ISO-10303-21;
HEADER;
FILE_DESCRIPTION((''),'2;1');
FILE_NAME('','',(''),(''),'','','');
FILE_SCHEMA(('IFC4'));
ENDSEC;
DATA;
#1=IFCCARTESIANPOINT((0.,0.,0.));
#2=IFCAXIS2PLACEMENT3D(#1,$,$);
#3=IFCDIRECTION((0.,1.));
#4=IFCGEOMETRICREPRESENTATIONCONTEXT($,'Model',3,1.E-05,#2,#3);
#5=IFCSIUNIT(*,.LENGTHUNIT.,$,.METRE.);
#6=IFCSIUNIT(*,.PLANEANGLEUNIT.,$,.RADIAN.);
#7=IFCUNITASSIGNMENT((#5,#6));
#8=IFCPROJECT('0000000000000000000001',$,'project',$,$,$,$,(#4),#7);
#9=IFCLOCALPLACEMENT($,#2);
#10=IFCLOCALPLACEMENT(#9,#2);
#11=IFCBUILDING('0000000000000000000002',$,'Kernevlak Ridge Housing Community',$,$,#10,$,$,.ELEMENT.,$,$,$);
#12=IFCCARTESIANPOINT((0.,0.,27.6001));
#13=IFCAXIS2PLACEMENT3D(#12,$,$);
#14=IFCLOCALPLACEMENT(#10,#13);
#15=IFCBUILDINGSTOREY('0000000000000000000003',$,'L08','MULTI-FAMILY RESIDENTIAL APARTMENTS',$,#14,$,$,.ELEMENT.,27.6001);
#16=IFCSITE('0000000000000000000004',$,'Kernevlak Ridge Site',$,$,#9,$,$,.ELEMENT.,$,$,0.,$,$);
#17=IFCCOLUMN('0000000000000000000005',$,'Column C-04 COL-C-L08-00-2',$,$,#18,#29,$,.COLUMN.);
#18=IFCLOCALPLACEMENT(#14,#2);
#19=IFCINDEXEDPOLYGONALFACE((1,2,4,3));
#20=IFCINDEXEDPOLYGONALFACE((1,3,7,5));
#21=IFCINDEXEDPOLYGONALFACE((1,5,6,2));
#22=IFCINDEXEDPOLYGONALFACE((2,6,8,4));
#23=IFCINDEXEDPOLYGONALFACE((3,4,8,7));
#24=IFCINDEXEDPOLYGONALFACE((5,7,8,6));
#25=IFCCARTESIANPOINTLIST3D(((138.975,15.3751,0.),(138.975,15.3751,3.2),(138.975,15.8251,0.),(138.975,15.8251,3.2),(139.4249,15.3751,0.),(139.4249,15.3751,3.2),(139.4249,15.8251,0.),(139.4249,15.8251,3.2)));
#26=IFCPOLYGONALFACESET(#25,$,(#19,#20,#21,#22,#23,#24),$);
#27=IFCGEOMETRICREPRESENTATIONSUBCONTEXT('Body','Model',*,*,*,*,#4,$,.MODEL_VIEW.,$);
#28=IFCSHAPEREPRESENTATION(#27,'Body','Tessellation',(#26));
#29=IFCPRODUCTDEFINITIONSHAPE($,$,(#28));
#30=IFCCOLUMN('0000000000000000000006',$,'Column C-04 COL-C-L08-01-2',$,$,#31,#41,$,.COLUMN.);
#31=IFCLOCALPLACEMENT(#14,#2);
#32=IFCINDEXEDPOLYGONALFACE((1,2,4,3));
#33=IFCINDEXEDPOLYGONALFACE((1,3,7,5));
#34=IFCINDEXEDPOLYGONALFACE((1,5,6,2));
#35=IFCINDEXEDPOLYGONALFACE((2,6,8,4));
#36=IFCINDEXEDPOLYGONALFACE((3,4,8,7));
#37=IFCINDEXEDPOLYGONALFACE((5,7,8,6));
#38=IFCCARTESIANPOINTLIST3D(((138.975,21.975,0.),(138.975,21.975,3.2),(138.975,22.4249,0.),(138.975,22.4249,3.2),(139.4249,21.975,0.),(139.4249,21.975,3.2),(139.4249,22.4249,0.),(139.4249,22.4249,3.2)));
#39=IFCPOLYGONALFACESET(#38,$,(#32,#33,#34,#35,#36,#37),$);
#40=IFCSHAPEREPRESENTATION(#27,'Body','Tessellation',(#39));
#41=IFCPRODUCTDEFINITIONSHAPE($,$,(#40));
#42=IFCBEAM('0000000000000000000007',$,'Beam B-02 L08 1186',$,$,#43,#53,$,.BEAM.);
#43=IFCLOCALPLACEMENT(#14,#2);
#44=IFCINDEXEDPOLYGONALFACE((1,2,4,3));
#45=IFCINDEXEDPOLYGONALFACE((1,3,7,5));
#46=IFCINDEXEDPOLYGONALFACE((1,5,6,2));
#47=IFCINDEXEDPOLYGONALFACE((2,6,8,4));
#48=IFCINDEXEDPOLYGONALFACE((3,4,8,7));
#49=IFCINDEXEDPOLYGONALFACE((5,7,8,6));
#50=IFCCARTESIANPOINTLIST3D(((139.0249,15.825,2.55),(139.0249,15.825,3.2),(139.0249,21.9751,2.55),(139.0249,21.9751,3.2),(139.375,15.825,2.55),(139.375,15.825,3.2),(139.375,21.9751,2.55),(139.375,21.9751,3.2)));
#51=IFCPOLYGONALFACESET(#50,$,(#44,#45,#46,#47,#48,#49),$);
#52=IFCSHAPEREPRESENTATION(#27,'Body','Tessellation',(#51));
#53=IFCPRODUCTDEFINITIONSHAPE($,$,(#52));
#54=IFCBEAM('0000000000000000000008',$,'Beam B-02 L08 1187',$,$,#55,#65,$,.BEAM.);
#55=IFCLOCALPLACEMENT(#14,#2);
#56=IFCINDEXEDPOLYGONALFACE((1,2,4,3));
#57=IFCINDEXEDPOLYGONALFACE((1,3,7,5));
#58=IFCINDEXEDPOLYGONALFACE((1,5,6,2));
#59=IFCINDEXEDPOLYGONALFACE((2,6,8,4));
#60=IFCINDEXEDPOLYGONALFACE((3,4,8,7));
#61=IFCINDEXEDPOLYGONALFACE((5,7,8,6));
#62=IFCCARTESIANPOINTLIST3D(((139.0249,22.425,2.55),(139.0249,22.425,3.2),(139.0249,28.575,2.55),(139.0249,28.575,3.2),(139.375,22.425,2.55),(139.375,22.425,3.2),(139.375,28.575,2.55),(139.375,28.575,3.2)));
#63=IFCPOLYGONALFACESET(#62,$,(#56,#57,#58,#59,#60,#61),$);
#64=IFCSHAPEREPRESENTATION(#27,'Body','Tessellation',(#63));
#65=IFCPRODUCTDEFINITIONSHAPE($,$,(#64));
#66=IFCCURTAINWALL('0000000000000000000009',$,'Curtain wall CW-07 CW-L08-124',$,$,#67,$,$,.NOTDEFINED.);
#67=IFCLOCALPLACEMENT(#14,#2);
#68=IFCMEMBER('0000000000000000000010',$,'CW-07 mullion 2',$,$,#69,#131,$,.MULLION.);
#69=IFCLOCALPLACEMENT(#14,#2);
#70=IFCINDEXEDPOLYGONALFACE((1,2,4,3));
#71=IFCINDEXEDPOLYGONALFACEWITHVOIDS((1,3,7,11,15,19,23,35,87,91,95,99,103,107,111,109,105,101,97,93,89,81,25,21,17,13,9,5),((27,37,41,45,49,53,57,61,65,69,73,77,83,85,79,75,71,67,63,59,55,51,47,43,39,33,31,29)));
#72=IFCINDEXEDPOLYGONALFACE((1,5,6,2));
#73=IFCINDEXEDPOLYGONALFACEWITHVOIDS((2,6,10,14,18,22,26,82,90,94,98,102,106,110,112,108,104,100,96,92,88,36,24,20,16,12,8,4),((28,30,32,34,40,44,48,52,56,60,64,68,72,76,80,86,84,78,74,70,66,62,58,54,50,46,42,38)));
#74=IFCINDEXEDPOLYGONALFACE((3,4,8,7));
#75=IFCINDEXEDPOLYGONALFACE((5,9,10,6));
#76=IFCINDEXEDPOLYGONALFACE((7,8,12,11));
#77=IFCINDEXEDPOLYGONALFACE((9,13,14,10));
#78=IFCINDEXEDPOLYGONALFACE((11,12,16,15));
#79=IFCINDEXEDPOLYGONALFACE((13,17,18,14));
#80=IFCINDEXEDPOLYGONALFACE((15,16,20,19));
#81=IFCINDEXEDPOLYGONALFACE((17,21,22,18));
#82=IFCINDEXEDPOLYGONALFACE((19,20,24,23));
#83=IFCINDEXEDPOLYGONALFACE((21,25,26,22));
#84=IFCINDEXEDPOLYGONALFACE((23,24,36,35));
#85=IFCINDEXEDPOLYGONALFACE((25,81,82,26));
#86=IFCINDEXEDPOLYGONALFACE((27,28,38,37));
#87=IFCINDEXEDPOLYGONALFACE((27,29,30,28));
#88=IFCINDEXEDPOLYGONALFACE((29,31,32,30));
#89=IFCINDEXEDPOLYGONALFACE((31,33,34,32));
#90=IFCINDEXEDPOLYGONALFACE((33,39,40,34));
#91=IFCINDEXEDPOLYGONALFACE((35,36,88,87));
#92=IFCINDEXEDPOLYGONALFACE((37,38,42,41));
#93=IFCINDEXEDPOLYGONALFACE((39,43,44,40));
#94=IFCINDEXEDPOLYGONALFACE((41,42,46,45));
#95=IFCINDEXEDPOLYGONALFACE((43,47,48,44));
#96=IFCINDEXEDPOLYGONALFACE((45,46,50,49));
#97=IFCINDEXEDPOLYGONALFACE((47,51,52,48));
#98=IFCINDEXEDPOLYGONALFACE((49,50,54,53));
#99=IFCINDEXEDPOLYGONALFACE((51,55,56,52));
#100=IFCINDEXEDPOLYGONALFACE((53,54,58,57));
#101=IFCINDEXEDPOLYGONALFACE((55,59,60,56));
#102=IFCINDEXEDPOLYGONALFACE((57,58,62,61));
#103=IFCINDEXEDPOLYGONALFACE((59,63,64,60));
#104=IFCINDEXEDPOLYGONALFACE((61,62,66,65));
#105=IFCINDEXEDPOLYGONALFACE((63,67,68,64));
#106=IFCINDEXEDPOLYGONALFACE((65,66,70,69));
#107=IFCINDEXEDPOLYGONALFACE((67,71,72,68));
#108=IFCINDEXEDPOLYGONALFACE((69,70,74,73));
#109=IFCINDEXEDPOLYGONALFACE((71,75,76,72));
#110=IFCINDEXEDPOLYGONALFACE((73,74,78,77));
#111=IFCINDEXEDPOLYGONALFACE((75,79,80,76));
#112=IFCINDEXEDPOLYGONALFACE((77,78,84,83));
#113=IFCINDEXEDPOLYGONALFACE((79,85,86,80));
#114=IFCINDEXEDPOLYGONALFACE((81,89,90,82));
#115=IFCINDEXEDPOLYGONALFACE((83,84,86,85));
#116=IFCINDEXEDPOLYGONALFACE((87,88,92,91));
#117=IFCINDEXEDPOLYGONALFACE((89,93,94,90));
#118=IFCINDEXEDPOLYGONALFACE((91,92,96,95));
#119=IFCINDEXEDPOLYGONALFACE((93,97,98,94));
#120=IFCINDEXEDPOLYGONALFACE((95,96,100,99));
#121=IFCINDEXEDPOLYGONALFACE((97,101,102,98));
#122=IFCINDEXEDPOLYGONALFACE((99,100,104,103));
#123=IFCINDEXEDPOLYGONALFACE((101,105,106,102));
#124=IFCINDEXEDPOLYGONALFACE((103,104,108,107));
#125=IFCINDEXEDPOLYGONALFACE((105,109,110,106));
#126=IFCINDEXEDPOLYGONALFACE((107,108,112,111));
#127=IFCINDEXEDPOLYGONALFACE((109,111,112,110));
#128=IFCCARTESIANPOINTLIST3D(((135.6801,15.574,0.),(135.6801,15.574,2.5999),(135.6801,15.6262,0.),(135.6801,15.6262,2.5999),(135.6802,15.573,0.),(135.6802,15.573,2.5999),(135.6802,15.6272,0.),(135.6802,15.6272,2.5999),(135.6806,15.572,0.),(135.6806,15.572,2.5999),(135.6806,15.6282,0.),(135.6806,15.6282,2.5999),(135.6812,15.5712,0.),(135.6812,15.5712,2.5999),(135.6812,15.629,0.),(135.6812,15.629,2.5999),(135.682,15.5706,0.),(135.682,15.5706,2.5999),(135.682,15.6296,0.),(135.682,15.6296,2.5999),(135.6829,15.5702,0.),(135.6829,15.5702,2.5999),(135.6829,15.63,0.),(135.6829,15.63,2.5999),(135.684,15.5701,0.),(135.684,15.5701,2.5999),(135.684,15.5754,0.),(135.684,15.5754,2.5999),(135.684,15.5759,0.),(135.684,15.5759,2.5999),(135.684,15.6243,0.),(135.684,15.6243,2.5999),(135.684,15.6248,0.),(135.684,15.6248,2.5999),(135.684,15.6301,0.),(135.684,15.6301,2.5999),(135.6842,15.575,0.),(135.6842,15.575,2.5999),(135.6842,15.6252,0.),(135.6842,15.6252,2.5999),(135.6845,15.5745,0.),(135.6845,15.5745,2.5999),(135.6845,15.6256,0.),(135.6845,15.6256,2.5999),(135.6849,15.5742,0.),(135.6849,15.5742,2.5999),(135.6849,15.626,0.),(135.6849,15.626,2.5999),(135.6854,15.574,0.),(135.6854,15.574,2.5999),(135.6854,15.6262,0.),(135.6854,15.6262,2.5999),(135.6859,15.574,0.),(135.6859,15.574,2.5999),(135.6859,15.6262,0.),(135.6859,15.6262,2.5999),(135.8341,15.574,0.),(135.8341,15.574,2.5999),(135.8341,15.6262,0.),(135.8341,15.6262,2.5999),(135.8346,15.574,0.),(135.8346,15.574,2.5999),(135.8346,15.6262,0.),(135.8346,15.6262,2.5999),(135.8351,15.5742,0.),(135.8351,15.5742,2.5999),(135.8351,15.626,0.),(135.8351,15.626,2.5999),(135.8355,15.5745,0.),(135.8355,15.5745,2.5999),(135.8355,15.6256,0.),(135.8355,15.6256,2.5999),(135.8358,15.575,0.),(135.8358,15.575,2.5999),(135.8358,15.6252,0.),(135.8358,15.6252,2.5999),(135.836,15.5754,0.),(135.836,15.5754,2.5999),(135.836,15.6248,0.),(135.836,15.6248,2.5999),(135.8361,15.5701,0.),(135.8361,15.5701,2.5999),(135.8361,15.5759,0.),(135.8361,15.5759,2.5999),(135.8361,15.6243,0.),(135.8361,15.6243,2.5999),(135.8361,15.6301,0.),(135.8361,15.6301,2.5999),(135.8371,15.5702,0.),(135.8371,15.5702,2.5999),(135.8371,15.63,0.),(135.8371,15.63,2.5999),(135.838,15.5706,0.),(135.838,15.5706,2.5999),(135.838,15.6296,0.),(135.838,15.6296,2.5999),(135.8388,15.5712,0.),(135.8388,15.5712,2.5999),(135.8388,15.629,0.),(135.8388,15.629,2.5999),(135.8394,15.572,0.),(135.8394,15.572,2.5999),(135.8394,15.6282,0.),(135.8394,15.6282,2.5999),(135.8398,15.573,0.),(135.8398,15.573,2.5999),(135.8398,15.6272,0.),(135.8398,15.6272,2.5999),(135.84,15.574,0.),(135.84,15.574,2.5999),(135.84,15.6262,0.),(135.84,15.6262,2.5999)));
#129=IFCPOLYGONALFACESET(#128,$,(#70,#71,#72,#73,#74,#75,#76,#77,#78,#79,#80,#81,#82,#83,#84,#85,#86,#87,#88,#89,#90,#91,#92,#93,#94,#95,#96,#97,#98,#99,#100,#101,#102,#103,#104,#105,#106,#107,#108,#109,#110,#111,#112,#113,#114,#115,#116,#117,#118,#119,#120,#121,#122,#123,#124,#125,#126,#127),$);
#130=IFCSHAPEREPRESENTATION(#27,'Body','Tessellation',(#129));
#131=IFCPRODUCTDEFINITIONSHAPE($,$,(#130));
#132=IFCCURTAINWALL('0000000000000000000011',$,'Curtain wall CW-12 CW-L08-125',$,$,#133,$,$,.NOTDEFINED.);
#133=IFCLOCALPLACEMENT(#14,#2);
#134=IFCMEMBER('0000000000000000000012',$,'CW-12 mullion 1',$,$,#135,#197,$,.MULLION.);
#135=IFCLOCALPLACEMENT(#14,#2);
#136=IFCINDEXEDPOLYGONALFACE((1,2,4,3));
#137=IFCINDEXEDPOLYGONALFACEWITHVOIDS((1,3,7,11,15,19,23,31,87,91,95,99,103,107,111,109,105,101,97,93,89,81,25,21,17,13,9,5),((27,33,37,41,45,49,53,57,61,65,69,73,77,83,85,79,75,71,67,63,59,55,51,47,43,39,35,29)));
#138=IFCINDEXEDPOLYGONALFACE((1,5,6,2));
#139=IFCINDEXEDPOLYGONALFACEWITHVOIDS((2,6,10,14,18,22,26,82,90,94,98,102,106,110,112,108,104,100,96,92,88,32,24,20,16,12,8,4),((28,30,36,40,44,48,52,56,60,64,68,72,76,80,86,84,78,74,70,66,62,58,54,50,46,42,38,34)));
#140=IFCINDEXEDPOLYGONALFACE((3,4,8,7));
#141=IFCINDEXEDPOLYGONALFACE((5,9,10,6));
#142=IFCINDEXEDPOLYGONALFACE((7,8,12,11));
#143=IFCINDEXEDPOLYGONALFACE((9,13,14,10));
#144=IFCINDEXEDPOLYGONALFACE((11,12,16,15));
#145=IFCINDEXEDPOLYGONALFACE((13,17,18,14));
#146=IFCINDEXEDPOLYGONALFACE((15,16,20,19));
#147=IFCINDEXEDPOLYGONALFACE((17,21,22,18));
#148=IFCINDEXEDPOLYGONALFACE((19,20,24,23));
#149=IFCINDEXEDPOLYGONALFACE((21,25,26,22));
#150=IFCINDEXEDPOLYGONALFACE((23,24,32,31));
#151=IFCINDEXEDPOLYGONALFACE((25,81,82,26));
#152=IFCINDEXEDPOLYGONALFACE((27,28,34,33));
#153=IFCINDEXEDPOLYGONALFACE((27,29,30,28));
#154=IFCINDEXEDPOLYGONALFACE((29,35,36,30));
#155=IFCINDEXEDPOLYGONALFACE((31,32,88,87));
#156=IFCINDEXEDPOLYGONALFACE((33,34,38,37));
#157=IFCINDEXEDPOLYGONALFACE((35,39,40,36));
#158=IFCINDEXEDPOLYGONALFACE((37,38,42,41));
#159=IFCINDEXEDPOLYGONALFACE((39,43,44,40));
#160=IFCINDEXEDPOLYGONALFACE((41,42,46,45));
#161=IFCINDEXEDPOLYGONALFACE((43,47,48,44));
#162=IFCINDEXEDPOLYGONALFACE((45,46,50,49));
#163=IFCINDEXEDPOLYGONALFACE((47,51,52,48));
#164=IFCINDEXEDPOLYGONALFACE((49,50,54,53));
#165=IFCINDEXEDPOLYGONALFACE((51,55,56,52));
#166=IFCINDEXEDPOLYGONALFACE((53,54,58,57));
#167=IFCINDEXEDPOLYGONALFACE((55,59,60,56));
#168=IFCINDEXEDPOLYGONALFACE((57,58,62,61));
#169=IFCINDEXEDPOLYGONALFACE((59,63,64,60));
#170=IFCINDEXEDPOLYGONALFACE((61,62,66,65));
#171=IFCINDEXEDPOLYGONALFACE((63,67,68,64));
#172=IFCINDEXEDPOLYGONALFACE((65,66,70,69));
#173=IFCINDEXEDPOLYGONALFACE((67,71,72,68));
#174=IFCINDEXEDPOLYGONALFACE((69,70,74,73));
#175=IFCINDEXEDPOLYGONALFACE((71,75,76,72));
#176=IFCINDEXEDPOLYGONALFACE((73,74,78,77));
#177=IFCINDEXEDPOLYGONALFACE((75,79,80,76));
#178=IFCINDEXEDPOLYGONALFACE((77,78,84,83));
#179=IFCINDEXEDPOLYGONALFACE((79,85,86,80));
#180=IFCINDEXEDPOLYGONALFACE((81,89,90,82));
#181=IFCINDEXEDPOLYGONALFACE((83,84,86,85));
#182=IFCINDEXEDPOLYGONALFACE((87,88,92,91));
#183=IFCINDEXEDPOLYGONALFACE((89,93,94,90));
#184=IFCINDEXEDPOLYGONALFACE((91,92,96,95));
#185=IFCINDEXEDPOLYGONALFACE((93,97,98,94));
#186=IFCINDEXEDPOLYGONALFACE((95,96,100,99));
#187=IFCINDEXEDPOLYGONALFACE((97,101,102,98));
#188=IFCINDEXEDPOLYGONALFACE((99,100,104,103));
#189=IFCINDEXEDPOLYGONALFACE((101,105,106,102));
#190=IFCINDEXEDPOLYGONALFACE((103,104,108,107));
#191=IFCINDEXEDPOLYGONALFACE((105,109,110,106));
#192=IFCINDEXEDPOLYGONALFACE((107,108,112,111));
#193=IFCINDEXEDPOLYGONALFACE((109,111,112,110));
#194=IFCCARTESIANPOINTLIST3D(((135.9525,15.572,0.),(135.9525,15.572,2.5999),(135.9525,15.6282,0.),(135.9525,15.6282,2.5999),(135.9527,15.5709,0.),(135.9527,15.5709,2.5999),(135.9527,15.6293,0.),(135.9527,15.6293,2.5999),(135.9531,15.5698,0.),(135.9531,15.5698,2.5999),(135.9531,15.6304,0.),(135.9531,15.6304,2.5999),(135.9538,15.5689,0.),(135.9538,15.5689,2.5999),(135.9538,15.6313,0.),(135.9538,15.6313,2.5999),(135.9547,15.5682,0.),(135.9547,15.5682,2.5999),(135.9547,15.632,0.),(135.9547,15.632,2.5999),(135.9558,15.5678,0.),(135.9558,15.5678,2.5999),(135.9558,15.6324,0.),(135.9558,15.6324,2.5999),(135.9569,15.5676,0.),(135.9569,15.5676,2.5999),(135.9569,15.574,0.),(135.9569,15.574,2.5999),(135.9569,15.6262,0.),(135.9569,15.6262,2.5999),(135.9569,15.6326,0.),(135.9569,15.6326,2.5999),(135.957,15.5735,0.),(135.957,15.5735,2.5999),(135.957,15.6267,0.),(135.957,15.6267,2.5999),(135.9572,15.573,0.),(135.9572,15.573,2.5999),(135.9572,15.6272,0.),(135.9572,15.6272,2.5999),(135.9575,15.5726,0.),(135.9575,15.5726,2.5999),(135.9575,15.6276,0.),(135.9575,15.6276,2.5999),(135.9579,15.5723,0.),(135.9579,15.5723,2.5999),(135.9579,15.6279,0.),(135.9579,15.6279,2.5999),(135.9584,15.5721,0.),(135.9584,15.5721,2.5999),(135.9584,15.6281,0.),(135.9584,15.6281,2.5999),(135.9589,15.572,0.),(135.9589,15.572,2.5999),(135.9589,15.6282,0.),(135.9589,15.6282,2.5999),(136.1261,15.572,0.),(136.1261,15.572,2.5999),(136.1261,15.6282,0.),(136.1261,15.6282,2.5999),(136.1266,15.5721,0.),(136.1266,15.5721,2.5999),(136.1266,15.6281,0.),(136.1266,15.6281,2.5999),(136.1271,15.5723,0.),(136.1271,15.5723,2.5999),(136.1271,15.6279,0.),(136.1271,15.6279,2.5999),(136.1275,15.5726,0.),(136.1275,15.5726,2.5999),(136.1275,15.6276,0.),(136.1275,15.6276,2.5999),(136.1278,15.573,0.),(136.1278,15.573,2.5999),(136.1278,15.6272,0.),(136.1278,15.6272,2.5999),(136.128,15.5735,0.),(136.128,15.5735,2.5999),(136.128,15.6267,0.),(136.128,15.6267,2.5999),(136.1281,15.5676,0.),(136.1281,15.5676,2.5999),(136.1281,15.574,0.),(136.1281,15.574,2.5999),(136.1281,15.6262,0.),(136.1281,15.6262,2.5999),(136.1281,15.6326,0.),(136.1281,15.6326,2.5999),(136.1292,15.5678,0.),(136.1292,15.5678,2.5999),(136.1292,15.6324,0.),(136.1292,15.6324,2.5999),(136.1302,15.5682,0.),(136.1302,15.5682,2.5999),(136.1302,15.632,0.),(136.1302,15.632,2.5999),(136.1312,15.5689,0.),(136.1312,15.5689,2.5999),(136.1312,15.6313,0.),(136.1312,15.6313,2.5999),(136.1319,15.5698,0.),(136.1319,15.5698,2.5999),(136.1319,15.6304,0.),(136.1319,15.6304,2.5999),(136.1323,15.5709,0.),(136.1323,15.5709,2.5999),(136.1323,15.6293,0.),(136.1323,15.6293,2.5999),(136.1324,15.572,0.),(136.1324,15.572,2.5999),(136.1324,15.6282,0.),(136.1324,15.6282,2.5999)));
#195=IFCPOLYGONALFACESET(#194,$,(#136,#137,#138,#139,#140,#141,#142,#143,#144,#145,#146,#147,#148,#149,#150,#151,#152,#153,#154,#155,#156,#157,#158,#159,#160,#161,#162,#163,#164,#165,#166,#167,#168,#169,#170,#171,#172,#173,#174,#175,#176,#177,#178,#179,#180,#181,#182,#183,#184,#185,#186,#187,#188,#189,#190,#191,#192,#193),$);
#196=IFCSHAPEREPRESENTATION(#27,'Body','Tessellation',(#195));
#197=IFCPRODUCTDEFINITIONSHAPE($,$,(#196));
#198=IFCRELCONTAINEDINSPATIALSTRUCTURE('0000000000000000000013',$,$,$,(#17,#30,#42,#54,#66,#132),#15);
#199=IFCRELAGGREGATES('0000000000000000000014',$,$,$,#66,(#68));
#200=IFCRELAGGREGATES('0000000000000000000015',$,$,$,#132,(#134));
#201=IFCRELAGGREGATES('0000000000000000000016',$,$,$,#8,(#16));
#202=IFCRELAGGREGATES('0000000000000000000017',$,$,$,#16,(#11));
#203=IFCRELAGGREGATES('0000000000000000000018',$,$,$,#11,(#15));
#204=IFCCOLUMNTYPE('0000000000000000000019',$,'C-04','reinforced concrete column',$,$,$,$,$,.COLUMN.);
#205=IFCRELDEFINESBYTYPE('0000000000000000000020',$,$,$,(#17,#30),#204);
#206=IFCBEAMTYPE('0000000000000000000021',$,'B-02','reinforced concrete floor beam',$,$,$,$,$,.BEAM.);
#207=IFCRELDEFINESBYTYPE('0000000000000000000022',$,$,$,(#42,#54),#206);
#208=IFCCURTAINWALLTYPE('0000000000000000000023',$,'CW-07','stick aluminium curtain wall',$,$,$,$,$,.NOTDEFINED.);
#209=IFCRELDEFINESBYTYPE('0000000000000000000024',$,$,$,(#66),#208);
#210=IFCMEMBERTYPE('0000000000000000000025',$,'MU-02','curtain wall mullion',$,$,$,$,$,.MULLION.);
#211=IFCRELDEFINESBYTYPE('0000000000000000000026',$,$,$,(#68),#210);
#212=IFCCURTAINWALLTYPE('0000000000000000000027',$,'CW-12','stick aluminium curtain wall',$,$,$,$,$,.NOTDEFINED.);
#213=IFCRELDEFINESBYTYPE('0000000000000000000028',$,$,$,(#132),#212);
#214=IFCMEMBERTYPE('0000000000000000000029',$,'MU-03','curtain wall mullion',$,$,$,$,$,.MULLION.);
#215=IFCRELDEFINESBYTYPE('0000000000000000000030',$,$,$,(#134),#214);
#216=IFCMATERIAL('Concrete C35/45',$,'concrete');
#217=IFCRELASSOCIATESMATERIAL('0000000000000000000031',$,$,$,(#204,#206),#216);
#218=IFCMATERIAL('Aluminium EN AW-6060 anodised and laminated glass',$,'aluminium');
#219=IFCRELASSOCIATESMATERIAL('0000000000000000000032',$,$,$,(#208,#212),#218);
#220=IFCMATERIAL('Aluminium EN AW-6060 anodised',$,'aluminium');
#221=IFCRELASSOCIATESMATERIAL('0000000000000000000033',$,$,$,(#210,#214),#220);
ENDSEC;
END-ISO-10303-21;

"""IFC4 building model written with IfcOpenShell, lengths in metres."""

from ifc_helpers import new_model, si_unit, direction, frame, origin, origin_2d, place, context, subcontext, project, spatial, rectangle, hollow_rectangle, extrude, material, material_profile, profile_set, type_object, element, aggregate, save


model = new_model("IFC4")

# Units and contexts
model_context = context("Model", 3, precision=1e-05, world=origin(), true_north=direction((0.0, 1.0)))
body_context = subcontext(model_context, "Body", "Model", "MODEL_VIEW")
ifc_project = project(units=[si_unit("LENGTHUNIT", "METRE"), si_unit("PLANEANGLEUNIT", "RADIAN")], contexts=[model_context])

# Site, building, storey
site_placement = place(None, origin())
site = spatial("IfcSite", under=ifc_project, at=site_placement, Name="Kernevlak Ridge Site", CompositionType="ELEMENT", RefElevation=0.0)
building_placement = place(site_placement, origin())
building = spatial("IfcBuilding", under=site, at=building_placement, Name="Kernevlak Ridge Housing Community", CompositionType="ELEMENT")
storey_placement = place(building_placement, frame((0.0, 0.0, 27.6001)))
storey = spatial("IfcBuildingStorey", under=building, at=storey_placement, Name="L08", Description="MULTI-FAMILY RESIDENTIAL APARTMENTS", CompositionType="ELEMENT", Elevation=27.6001)

# Columns
ifc_material_1 = material(Name="Concrete C35/45", Category="concrete")
ifc_material_profile_1 = material_profile(ifc_material_1, rectangle(XDim=0.45, YDim=0.45, at=origin_2d()), Name="RC 450x450")
ifc_profile_set_1 = profile_set([ifc_material_profile_1], Name="Concrete C35/45")
column_type = type_object("IfcColumnType", Name="C-04", Description="reinforced concrete column", PredefinedType="COLUMN", material=ifc_profile_set_1)
for number, where, z_axis, x_axis, name in (
    (1, (139.2, 15.6001, 0.0), (0.0, 0.0, 1.0), (1.0, 0.0, 0.0), "Column C-04 COL-C-L08-00-2"),
    (2, (139.2, 22.2, 0.0), (0.0, 0.0, 1.0), (1.0, 0.0, 0.0), "Column C-04 COL-C-L08-01-2"),
):
    element("IfcColumn", number, at=place(storey_placement, frame(where, z_axis=z_axis, x_axis=x_axis)), inside=storey, type_object=column_type, Name=name, PredefinedType="COLUMN", context=body_context, shape_type="SweptSolid", body=[
        extrude(rectangle(XDim=0.45, YDim=0.45, at=origin_2d()), origin(), (0.0, 0.0, 1.0), 3.2),
    ])

# Beams
ifc_material_profile_2 = material_profile(ifc_material_1, rectangle(XDim=0.3501, YDim=0.6499, at=origin_2d()), Name="RC 350x650")
ifc_profile_set_2 = profile_set([ifc_material_profile_2], Name="Concrete C35/45")
beam_type = type_object("IfcBeamType", Name="B-02", Description="reinforced concrete floor beam", PredefinedType="BEAM", material=ifc_profile_set_2)
beam_1_placement = place(storey_placement, frame((139.2, 15.825, 2.875), z_axis=(0.0, 1.0, 0.0), x_axis=(-1.0, 0.0, 0.0)))
element("IfcBeam", 3, at=beam_1_placement, inside=storey, type_object=beam_type, Name="Beam B-02 L08 1186", PredefinedType="BEAM", context=body_context, shape_type="SweptSolid", body=[
    extrude(rectangle(XDim=0.3501, YDim=0.6499, at=origin_2d()), origin(), (0.0, 0.0, 1.0), 6.1501),
])
beam_2_placement = place(storey_placement, frame((139.2, 22.425, 2.875), z_axis=(0.0, 1.0, 0.0), x_axis=(-1.0, 0.0, 0.0)))
element("IfcBeam", 4, at=beam_2_placement, inside=storey, type_object=beam_type, Name="Beam B-02 L08 1187", PredefinedType="BEAM", context=body_context, shape_type="SweptSolid", body=[
    extrude(rectangle(XDim=0.3501, YDim=0.6499, at=origin_2d()), origin(), (0.0, 0.0, 1.0), 6.1499),
])

# Curtain wall, member
ifc_material_2 = material(Name="Aluminium EN AW-6060 anodised and laminated glass", Category="aluminium")
curtain_wall_type_1 = type_object("IfcCurtainWallType", Name="CW-07", Description="stick aluminium curtain wall", PredefinedType="NOTDEFINED", material=ifc_material_2)
curtain_wall_1_placement = place(storey_placement, origin())
curtain_wall_1 = element("IfcCurtainWall", 5, at=curtain_wall_1_placement, inside=storey, type_object=curtain_wall_type_1, Name="Curtain wall CW-07 CW-L08-124", PredefinedType="NOTDEFINED")
ifc_material_3 = material(Name="Aluminium EN AW-6060 anodised", Category="aluminium")
ifc_material_profile_3 = material_profile(ifc_material_3, hollow_rectangle(XDim=0.0601, YDim=0.1599, WallThickness=0.0039, InnerFilletRadius=0.002, OuterFilletRadius=0.0039, at=origin_2d()), Name="ALU 60x160x4")
ifc_profile_set_3 = profile_set([ifc_material_profile_3], Name="Aluminium EN AW-6060 anodised")
member_type_1 = type_object("IfcMemberType", Name="MU-02", Description="curtain wall mullion", PredefinedType="MULLION", material=ifc_profile_set_3)
member_1_placement = place(storey_placement, frame((135.76, 15.6001, 0.0), z_axis=(0.0, 0.0, 1.0), x_axis=(0.0, 1.0, 0.0)))
member_1 = element("IfcMember", 6, at=member_1_placement, type_object=member_type_1, Name="CW-07 mullion 2", PredefinedType="MULLION", context=body_context, shape_type="SweptSolid", body=[
    extrude(hollow_rectangle(XDim=0.0601, YDim=0.1599, WallThickness=0.0039, InnerFilletRadius=0.002, OuterFilletRadius=0.0039, at=origin_2d()), origin(), (0.0, 0.0, 1.0), 2.5999),
])
aggregate(curtain_wall_1, [member_1])

# Curtain wall, member
curtain_wall_type_2 = type_object("IfcCurtainWallType", Name="CW-12", Description="stick aluminium curtain wall", PredefinedType="NOTDEFINED", material=ifc_material_2)
curtain_wall_2_placement = place(storey_placement, origin())
curtain_wall_2 = element("IfcCurtainWall", 7, at=curtain_wall_2_placement, inside=storey, type_object=curtain_wall_type_2, Name="Curtain wall CW-12 CW-L08-125", PredefinedType="NOTDEFINED")
ifc_material_profile_4 = material_profile(ifc_material_3, hollow_rectangle(XDim=0.0649, YDim=0.1799, WallThickness=0.0044, InnerFilletRadius=0.002, OuterFilletRadius=0.0044, at=origin_2d()), Name="ALU 65x180x4.5")
ifc_profile_set_4 = profile_set([ifc_material_profile_4], Name="Aluminium EN AW-6060 anodised")
member_type_2 = type_object("IfcMemberType", Name="MU-03", Description="curtain wall mullion", PredefinedType="MULLION", material=ifc_profile_set_4)
member_2_placement = place(storey_placement, frame((136.0425, 15.6001, 0.0), z_axis=(0.0, 0.0, 1.0), x_axis=(0.0, 1.0, 0.0)))
member_2 = element("IfcMember", 8, at=member_2_placement, type_object=member_type_2, Name="CW-12 mullion 1", PredefinedType="MULLION", context=body_context, shape_type="SweptSolid", body=[
    extrude(hollow_rectangle(XDim=0.0649, YDim=0.1799, WallThickness=0.0044, InnerFilletRadius=0.002, OuterFilletRadius=0.0044, at=origin_2d()), origin(), (0.0, 0.0, 1.0), 2.5999),
])
aggregate(curtain_wall_2, [member_2])

save(model, "model.ifc")
